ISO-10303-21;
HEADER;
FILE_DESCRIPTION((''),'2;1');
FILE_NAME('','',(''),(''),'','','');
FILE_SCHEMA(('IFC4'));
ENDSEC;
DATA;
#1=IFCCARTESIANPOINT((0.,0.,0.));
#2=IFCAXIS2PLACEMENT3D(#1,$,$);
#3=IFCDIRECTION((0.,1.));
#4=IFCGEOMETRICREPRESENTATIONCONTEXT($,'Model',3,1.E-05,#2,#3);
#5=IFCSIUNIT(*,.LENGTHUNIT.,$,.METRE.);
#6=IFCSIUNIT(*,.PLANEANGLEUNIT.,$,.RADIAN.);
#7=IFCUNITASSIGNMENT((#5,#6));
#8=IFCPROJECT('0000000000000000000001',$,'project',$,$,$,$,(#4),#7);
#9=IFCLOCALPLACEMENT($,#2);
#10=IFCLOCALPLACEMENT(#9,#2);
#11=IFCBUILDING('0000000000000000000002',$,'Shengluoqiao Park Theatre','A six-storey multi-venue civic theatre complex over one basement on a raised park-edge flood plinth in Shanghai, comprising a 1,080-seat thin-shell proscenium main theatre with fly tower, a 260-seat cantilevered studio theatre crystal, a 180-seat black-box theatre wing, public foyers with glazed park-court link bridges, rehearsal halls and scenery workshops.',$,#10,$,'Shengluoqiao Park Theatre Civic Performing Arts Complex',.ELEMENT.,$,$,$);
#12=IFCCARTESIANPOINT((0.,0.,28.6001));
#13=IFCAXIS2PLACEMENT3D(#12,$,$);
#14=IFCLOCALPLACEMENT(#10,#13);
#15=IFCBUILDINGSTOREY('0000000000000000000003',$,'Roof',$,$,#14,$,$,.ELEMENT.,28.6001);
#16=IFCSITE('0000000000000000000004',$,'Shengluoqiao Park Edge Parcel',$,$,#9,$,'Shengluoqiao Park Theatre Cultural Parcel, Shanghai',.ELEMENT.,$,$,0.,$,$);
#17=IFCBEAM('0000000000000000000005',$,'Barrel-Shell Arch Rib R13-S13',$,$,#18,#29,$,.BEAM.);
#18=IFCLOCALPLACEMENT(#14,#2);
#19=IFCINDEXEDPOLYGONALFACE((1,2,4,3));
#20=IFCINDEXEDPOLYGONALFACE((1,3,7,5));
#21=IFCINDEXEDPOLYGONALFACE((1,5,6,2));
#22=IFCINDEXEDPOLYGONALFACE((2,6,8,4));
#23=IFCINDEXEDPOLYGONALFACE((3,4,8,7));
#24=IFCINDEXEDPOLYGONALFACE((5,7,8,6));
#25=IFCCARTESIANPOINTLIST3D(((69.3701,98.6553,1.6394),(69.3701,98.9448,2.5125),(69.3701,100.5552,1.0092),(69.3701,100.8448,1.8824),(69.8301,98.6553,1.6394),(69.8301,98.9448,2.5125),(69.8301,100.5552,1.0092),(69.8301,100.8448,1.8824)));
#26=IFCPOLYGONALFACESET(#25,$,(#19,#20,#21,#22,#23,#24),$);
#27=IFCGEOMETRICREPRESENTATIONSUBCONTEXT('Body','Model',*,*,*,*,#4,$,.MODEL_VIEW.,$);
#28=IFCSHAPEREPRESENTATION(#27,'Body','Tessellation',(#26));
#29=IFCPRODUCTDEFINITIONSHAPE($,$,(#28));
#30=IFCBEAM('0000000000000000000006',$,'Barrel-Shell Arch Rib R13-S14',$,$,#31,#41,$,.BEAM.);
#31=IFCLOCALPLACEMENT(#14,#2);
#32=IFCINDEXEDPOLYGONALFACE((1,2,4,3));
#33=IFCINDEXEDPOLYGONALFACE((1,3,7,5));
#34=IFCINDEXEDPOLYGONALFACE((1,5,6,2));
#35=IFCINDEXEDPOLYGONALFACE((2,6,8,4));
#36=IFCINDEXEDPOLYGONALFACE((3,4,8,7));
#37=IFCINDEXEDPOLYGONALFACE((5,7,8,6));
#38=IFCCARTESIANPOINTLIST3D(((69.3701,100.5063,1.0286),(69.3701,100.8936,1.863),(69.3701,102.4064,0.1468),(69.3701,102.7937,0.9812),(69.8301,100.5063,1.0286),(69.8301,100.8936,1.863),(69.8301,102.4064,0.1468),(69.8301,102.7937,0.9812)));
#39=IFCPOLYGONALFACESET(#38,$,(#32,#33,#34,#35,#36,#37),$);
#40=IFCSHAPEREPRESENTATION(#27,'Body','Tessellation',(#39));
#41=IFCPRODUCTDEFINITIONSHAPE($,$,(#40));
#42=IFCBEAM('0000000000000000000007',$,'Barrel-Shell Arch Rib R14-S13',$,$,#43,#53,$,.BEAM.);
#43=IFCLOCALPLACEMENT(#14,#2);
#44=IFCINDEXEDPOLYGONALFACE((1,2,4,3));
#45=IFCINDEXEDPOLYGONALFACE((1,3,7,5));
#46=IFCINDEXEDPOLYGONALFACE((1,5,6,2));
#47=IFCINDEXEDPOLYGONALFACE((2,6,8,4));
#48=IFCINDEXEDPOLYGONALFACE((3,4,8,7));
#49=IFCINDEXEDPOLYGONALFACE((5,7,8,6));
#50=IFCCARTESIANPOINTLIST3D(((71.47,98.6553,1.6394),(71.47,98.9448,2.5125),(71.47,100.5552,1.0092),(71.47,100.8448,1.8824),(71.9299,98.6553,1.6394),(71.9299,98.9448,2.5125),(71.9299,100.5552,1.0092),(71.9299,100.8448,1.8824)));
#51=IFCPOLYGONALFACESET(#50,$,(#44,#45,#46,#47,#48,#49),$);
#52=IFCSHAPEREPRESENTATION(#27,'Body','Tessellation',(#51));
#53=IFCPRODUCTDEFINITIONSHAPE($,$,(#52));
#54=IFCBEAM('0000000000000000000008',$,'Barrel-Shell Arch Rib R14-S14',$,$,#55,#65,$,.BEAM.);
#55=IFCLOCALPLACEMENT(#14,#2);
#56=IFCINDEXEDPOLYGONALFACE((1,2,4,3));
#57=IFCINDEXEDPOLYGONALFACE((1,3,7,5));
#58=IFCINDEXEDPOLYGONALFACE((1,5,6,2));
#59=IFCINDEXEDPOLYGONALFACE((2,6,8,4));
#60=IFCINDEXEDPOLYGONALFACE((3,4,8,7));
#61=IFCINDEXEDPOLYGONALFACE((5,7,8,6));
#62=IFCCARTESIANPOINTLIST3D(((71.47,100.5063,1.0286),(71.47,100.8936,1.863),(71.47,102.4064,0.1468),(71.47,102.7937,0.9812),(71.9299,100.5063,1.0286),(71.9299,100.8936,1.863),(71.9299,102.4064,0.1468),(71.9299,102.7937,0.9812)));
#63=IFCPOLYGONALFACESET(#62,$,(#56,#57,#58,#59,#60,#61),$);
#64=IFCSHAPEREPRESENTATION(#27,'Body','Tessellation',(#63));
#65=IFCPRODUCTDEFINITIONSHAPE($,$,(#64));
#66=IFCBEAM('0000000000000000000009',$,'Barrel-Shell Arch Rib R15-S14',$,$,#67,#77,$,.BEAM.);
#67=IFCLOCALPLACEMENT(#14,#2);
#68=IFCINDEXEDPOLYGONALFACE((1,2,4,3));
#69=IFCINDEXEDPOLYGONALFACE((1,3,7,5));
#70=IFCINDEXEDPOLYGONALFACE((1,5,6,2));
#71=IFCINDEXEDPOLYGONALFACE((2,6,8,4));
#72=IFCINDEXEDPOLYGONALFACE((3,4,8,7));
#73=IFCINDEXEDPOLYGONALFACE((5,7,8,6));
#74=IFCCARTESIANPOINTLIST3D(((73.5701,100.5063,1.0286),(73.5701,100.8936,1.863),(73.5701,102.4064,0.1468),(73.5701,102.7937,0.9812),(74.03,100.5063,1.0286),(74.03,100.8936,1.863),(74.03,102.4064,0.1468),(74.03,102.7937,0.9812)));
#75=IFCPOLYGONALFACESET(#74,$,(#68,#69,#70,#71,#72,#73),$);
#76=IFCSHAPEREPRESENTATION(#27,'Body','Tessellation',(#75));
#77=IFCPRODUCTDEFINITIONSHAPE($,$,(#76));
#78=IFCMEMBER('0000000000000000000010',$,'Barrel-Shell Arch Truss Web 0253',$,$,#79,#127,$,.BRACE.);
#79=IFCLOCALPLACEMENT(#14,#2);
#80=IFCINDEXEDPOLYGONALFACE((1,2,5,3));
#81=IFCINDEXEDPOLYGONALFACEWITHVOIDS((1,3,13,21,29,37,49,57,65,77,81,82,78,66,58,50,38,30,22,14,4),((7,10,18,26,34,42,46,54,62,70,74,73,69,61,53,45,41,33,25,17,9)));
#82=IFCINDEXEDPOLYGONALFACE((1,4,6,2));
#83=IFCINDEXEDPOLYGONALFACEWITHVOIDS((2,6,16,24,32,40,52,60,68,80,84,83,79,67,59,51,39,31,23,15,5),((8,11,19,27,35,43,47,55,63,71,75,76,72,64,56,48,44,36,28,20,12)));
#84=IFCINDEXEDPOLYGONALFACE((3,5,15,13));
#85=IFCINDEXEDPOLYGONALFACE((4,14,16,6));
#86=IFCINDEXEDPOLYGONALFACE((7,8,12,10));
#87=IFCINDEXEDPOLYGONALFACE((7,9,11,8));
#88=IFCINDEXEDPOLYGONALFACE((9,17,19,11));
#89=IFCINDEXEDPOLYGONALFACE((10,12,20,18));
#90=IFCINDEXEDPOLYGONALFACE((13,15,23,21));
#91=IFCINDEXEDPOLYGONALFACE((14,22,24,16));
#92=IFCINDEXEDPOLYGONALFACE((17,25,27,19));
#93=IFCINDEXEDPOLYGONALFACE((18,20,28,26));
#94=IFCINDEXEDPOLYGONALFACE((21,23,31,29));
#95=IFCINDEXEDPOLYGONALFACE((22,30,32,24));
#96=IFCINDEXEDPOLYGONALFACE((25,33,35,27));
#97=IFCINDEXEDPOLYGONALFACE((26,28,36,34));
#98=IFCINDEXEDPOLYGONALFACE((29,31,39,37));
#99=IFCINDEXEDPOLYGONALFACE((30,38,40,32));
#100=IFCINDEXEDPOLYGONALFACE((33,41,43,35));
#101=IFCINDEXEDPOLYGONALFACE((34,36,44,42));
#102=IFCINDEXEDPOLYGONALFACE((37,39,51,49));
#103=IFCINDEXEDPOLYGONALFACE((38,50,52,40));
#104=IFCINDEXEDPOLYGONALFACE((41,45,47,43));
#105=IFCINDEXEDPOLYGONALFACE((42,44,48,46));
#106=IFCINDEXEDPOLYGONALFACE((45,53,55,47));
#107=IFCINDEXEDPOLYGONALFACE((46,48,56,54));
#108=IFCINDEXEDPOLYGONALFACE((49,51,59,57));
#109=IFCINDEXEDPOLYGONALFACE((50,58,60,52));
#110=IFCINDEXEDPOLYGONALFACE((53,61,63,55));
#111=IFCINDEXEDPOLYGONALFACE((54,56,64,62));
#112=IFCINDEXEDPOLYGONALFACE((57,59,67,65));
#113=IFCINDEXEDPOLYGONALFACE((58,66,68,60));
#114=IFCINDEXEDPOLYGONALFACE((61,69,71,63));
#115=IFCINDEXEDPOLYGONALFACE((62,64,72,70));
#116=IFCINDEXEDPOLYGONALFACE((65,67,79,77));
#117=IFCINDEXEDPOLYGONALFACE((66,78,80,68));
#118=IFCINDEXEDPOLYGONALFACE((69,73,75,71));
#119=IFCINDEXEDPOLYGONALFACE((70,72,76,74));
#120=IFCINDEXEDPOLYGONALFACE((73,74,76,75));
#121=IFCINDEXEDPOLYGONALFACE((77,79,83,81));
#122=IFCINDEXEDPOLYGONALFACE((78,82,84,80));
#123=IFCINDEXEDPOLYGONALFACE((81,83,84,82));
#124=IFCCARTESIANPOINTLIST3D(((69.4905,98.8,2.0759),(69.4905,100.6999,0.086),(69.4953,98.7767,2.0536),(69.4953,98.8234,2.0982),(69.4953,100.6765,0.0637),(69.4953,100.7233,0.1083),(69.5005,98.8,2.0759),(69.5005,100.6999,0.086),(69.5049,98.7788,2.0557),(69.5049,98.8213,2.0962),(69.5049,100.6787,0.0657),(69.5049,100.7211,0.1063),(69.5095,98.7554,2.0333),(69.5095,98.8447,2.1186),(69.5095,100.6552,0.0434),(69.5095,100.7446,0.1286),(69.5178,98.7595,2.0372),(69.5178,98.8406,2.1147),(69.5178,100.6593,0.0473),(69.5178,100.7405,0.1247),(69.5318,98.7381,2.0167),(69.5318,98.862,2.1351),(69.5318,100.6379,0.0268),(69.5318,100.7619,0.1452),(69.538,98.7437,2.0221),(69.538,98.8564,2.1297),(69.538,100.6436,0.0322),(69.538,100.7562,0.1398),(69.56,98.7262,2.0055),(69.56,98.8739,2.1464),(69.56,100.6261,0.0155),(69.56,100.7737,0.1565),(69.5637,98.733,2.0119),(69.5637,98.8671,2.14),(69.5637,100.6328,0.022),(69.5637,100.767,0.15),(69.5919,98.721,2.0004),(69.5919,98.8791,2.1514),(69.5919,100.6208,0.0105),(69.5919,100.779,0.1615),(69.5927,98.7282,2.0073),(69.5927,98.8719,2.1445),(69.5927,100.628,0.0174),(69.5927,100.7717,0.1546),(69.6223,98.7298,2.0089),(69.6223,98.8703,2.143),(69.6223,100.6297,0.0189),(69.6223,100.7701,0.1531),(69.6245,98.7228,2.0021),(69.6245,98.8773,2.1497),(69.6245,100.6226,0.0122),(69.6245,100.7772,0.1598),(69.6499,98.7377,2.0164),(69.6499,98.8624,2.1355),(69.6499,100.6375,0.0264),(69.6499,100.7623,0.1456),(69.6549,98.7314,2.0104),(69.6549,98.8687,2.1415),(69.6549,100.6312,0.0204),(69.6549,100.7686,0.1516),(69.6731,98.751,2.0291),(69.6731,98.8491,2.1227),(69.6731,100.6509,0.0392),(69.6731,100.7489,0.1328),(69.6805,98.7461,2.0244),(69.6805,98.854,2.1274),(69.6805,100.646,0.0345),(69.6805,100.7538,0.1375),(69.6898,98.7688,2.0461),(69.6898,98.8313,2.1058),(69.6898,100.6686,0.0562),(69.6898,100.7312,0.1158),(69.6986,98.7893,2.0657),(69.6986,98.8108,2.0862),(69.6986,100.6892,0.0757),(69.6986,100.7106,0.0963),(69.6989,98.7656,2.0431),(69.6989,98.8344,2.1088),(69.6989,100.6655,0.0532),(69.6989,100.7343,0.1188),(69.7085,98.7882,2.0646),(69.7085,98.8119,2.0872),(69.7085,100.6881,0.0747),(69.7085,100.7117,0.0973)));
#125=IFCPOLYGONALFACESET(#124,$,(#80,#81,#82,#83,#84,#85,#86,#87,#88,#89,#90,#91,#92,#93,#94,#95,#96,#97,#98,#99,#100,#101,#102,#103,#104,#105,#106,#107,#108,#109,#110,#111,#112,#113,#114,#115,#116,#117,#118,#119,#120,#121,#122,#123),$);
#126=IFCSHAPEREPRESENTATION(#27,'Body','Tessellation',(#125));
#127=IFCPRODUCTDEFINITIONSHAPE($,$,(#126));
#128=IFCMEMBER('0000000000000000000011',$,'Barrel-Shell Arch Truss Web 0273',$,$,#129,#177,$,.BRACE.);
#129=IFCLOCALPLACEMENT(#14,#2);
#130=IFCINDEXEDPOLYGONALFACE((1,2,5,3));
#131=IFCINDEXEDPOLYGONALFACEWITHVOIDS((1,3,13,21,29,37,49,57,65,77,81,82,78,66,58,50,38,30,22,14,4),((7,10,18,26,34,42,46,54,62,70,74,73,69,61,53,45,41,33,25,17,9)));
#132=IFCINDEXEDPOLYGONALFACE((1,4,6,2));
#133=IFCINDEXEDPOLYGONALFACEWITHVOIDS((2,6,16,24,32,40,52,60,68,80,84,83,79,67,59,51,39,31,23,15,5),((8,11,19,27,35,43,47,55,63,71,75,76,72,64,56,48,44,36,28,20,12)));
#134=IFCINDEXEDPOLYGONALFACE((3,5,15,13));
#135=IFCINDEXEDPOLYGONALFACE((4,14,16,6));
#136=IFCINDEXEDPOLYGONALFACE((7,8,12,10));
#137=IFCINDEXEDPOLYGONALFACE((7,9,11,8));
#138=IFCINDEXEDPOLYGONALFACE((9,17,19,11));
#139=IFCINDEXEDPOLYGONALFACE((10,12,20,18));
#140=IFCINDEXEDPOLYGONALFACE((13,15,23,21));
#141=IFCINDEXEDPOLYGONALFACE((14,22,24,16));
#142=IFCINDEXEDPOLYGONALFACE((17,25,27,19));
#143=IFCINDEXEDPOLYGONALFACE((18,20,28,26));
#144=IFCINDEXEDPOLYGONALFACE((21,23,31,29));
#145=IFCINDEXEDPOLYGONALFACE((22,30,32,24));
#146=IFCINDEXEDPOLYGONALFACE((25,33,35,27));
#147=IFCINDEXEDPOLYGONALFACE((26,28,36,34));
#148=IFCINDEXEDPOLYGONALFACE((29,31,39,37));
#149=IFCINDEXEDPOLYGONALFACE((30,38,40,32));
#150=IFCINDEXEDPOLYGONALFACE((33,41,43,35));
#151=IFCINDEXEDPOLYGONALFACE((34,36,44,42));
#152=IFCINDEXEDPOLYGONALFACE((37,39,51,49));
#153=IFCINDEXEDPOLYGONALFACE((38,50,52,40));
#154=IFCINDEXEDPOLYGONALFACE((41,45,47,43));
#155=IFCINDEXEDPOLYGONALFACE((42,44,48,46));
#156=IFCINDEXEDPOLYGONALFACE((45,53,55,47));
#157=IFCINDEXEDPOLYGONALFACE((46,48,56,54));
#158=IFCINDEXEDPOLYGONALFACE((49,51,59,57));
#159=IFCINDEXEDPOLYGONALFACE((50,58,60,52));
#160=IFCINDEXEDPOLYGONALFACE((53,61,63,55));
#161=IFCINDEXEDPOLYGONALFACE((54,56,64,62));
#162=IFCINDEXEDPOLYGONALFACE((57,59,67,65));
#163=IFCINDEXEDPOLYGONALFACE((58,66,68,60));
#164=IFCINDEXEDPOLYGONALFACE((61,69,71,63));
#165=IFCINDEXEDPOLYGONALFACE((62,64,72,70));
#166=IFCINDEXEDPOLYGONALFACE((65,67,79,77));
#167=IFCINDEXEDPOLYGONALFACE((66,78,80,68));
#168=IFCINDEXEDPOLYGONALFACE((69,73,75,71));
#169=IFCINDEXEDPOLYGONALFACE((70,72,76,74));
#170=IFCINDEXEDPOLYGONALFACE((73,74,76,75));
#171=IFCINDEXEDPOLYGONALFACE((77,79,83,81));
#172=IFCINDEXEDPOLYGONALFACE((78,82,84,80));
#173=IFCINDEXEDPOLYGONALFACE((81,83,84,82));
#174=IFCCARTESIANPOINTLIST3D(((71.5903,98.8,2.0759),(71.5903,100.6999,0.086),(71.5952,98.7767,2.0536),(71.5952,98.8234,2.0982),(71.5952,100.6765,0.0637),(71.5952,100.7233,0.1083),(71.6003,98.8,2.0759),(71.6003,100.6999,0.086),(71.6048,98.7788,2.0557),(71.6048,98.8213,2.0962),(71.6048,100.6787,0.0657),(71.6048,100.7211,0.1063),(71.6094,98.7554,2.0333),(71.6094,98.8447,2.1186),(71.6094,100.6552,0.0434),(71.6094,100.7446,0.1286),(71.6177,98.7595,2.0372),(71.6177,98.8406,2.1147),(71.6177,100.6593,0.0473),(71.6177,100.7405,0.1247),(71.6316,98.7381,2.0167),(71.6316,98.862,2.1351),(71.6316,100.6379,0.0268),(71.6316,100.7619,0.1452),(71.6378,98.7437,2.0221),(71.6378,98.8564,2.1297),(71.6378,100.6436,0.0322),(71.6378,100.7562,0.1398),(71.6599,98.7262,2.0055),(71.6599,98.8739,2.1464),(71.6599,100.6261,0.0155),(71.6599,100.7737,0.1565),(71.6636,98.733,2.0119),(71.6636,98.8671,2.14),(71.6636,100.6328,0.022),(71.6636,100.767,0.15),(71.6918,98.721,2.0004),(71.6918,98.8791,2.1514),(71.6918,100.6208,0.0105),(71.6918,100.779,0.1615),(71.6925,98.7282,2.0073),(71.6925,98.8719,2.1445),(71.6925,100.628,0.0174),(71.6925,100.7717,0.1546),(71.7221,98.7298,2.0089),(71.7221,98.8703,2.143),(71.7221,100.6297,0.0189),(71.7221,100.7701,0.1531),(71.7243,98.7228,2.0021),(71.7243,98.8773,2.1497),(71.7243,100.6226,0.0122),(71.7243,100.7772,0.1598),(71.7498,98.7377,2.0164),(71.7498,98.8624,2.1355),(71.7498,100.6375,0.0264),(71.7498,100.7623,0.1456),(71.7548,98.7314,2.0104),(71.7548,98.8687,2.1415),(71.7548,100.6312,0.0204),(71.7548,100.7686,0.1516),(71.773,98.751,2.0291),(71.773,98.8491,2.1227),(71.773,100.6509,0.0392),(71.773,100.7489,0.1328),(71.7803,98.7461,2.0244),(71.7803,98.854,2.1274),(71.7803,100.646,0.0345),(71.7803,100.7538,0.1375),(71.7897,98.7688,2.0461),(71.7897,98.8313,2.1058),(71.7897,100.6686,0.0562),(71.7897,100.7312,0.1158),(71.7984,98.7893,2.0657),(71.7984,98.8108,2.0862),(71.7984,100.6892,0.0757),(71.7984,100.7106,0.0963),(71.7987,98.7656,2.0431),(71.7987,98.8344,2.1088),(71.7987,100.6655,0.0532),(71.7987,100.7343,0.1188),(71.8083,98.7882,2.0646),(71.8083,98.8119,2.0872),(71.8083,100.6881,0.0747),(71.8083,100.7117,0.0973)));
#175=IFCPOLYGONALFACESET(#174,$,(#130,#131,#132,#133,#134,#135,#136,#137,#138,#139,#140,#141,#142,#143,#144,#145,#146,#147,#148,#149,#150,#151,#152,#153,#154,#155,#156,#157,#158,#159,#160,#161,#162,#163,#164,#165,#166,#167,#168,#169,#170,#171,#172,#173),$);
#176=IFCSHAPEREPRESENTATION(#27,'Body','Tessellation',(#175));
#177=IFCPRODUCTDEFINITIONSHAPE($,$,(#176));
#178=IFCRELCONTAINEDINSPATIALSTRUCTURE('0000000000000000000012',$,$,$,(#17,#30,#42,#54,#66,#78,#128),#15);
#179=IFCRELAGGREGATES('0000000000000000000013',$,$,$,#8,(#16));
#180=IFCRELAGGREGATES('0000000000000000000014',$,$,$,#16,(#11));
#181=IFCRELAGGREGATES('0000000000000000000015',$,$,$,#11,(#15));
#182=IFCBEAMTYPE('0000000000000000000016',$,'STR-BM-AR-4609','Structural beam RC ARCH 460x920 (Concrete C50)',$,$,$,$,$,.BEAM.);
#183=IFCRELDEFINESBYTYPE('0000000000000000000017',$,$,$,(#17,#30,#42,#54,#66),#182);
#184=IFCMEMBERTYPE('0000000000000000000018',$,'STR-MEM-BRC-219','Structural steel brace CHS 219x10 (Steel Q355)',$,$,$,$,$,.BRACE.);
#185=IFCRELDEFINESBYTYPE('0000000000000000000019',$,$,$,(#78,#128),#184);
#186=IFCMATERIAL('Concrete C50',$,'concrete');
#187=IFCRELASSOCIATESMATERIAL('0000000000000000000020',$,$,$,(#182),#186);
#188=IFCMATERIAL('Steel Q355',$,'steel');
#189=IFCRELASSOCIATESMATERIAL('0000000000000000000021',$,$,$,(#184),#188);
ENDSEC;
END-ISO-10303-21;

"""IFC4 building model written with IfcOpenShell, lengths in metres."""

from ifc_helpers import new_model, si_unit, direction, frame, origin, origin_2d, place, context, subcontext, project, spatial, rectangle, hollow_circle, extrude, material, material_profile, profile_set, type_object, element, save


model = new_model("IFC4")

# Units and contexts
model_context = context("Model", 3, precision=1e-05, world=origin(), true_north=direction((0.0, 1.0)))
body_context = subcontext(model_context, "Body", "Model", "MODEL_VIEW")
ifc_project = project(units=[si_unit("LENGTHUNIT", "METRE"), si_unit("PLANEANGLEUNIT", "RADIAN")], contexts=[model_context])

# Site, building, storey
site_placement = place(None, origin())
site = spatial("IfcSite", under=ifc_project, at=site_placement, Name="Shengluoqiao Park Edge Parcel", LongName="Shengluoqiao Park Theatre Cultural Parcel, Shanghai", CompositionType="ELEMENT", RefElevation=0.0)
building_placement = place(site_placement, origin())
building = spatial("IfcBuilding", under=site, at=building_placement, Name="Shengluoqiao Park Theatre", Description="A six-storey multi-venue civic theatre complex over one basement on a raised park-edge flood plinth in Shanghai, comprising a 1,080-seat thin-shell proscenium main theatre with fly tower, a 260-seat cantilevered studio theatre crystal, a 180-seat black-box theatre wing, public foyers with glazed park-court link bridges, rehearsal halls and scenery workshops.", LongName="Shengluoqiao Park Theatre Civic Performing Arts Complex", CompositionType="ELEMENT")
storey_placement = place(building_placement, frame((0.0, 0.0, 28.6001)))
storey = spatial("IfcBuildingStorey", under=building, at=storey_placement, Name="Roof", CompositionType="ELEMENT", Elevation=28.6001)

# Beams
ifc_material_1 = material(Name="Concrete C50", Category="concrete")
ifc_material_profile_1 = material_profile(ifc_material_1, rectangle(XDim=0.46, YDim=0.9199, at=origin_2d()), Name="RC ARCH 460x920")
ifc_profile_set_1 = profile_set([ifc_material_profile_1], Name="Concrete C50")
beam_type = type_object("IfcBeamType", Name="STR-BM-AR-4609", Description="Structural beam RC ARCH 460x920 (Concrete C50)", PredefinedType="BEAM", material=ifc_profile_set_1)
beam_1_placement = place(storey_placement, frame((69.6001, 98.8, 2.0759), z_axis=(0.0, 0.949158, -0.3148), x_axis=(-1.0, 0.0, 0.0)))
element("IfcBeam", 1, at=beam_1_placement, inside=storey, type_object=beam_type, Name="Barrel-Shell Arch Rib R13-S13", PredefinedType="BEAM", context=body_context, shape_type="SweptSolid", body=[
    extrude(rectangle(XDim=0.46, YDim=0.9199, at=origin_2d()), origin(), (0.0, 0.0, 1.0), 2.0017),
])
beam_2_placement = place(storey_placement, frame((69.6001, 100.7, 1.4458), z_axis=(0.0, 0.907077, -0.420964), x_axis=(-1.0, 0.0, 0.0)))
element("IfcBeam", 2, at=beam_2_placement, inside=storey, type_object=beam_type, Name="Barrel-Shell Arch Rib R13-S14", PredefinedType="BEAM", context=body_context, shape_type="SweptSolid", body=[
    extrude(rectangle(XDim=0.46, YDim=0.9199, at=origin_2d()), origin(), (0.0, 0.0, 1.0), 2.0947),
])
beam_3_placement = place(storey_placement, frame((71.7, 98.8, 2.0759), z_axis=(0.0, 0.949158, -0.3148), x_axis=(-1.0, 0.0, 0.0)))
element("IfcBeam", 3, at=beam_3_placement, inside=storey, type_object=beam_type, Name="Barrel-Shell Arch Rib R14-S13", PredefinedType="BEAM", context=body_context, shape_type="SweptSolid", body=[
    extrude(rectangle(XDim=0.46, YDim=0.9199, at=origin_2d()), origin(), (0.0, 0.0, 1.0), 2.0017),
])
for number, where, z_axis, x_axis, name in (
    (4, (71.7, 100.7, 1.4458), (0.0, 0.907077, -0.420964), (-1.0, 0.0, 0.0), "Barrel-Shell Arch Rib R14-S14"),
    (5, (73.8, 100.7, 1.4458), (0.0, 0.907077, -0.420964), (-1.0, 0.0, 0.0), "Barrel-Shell Arch Rib R15-S14"),
):
    element("IfcBeam", number, at=place(storey_placement, frame(where, z_axis=z_axis, x_axis=x_axis)), inside=storey, type_object=beam_type, Name=name, PredefinedType="BEAM", context=body_context, shape_type="SweptSolid", body=[
        extrude(rectangle(XDim=0.46, YDim=0.9199, at=origin_2d()), origin(), (0.0, 0.0, 1.0), 2.0947),
    ])

# Members
ifc_material_2 = material(Name="Steel Q355", Category="steel")
ifc_material_profile_2 = material_profile(ifc_material_2, hollow_circle(Radius=0.1096, WallThickness=0.01, at=origin_2d()), Name="CHS 219x10")
ifc_profile_set_2 = profile_set([ifc_material_profile_2], Name="Steel Q355")
member_type_1 = type_object("IfcMemberType", Name="STR-MEM-BRC-219", Description="Structural steel brace CHS 219x10 (Steel Q355)", PredefinedType="BRACE", material=ifc_profile_set_2)
for number, where, z_axis, x_axis, name in (
    (6, (69.6001, 98.8, 2.0759), (0.0, 0.690545, -0.723289), (-1.0, 0.0, 0.0), "Barrel-Shell Arch Truss Web 0253"),
    (7, (71.7, 98.8, 2.0759), (0.0, 0.690545, -0.723289), (-1.0, 0.0, 0.0), "Barrel-Shell Arch Truss Web 0273"),
):
    element("IfcMember", number, at=place(storey_placement, frame(where, z_axis=z_axis, x_axis=x_axis)), inside=storey, type_object=member_type_1, Name=name, PredefinedType="BRACE", context=body_context, shape_type="SweptSolid", body=[
        extrude(hollow_circle(Radius=0.1096, WallThickness=0.01, at=origin_2d()), origin(), (0.0, 0.0, 1.0), 2.7512),
    ])

save(model, "model.ifc")
